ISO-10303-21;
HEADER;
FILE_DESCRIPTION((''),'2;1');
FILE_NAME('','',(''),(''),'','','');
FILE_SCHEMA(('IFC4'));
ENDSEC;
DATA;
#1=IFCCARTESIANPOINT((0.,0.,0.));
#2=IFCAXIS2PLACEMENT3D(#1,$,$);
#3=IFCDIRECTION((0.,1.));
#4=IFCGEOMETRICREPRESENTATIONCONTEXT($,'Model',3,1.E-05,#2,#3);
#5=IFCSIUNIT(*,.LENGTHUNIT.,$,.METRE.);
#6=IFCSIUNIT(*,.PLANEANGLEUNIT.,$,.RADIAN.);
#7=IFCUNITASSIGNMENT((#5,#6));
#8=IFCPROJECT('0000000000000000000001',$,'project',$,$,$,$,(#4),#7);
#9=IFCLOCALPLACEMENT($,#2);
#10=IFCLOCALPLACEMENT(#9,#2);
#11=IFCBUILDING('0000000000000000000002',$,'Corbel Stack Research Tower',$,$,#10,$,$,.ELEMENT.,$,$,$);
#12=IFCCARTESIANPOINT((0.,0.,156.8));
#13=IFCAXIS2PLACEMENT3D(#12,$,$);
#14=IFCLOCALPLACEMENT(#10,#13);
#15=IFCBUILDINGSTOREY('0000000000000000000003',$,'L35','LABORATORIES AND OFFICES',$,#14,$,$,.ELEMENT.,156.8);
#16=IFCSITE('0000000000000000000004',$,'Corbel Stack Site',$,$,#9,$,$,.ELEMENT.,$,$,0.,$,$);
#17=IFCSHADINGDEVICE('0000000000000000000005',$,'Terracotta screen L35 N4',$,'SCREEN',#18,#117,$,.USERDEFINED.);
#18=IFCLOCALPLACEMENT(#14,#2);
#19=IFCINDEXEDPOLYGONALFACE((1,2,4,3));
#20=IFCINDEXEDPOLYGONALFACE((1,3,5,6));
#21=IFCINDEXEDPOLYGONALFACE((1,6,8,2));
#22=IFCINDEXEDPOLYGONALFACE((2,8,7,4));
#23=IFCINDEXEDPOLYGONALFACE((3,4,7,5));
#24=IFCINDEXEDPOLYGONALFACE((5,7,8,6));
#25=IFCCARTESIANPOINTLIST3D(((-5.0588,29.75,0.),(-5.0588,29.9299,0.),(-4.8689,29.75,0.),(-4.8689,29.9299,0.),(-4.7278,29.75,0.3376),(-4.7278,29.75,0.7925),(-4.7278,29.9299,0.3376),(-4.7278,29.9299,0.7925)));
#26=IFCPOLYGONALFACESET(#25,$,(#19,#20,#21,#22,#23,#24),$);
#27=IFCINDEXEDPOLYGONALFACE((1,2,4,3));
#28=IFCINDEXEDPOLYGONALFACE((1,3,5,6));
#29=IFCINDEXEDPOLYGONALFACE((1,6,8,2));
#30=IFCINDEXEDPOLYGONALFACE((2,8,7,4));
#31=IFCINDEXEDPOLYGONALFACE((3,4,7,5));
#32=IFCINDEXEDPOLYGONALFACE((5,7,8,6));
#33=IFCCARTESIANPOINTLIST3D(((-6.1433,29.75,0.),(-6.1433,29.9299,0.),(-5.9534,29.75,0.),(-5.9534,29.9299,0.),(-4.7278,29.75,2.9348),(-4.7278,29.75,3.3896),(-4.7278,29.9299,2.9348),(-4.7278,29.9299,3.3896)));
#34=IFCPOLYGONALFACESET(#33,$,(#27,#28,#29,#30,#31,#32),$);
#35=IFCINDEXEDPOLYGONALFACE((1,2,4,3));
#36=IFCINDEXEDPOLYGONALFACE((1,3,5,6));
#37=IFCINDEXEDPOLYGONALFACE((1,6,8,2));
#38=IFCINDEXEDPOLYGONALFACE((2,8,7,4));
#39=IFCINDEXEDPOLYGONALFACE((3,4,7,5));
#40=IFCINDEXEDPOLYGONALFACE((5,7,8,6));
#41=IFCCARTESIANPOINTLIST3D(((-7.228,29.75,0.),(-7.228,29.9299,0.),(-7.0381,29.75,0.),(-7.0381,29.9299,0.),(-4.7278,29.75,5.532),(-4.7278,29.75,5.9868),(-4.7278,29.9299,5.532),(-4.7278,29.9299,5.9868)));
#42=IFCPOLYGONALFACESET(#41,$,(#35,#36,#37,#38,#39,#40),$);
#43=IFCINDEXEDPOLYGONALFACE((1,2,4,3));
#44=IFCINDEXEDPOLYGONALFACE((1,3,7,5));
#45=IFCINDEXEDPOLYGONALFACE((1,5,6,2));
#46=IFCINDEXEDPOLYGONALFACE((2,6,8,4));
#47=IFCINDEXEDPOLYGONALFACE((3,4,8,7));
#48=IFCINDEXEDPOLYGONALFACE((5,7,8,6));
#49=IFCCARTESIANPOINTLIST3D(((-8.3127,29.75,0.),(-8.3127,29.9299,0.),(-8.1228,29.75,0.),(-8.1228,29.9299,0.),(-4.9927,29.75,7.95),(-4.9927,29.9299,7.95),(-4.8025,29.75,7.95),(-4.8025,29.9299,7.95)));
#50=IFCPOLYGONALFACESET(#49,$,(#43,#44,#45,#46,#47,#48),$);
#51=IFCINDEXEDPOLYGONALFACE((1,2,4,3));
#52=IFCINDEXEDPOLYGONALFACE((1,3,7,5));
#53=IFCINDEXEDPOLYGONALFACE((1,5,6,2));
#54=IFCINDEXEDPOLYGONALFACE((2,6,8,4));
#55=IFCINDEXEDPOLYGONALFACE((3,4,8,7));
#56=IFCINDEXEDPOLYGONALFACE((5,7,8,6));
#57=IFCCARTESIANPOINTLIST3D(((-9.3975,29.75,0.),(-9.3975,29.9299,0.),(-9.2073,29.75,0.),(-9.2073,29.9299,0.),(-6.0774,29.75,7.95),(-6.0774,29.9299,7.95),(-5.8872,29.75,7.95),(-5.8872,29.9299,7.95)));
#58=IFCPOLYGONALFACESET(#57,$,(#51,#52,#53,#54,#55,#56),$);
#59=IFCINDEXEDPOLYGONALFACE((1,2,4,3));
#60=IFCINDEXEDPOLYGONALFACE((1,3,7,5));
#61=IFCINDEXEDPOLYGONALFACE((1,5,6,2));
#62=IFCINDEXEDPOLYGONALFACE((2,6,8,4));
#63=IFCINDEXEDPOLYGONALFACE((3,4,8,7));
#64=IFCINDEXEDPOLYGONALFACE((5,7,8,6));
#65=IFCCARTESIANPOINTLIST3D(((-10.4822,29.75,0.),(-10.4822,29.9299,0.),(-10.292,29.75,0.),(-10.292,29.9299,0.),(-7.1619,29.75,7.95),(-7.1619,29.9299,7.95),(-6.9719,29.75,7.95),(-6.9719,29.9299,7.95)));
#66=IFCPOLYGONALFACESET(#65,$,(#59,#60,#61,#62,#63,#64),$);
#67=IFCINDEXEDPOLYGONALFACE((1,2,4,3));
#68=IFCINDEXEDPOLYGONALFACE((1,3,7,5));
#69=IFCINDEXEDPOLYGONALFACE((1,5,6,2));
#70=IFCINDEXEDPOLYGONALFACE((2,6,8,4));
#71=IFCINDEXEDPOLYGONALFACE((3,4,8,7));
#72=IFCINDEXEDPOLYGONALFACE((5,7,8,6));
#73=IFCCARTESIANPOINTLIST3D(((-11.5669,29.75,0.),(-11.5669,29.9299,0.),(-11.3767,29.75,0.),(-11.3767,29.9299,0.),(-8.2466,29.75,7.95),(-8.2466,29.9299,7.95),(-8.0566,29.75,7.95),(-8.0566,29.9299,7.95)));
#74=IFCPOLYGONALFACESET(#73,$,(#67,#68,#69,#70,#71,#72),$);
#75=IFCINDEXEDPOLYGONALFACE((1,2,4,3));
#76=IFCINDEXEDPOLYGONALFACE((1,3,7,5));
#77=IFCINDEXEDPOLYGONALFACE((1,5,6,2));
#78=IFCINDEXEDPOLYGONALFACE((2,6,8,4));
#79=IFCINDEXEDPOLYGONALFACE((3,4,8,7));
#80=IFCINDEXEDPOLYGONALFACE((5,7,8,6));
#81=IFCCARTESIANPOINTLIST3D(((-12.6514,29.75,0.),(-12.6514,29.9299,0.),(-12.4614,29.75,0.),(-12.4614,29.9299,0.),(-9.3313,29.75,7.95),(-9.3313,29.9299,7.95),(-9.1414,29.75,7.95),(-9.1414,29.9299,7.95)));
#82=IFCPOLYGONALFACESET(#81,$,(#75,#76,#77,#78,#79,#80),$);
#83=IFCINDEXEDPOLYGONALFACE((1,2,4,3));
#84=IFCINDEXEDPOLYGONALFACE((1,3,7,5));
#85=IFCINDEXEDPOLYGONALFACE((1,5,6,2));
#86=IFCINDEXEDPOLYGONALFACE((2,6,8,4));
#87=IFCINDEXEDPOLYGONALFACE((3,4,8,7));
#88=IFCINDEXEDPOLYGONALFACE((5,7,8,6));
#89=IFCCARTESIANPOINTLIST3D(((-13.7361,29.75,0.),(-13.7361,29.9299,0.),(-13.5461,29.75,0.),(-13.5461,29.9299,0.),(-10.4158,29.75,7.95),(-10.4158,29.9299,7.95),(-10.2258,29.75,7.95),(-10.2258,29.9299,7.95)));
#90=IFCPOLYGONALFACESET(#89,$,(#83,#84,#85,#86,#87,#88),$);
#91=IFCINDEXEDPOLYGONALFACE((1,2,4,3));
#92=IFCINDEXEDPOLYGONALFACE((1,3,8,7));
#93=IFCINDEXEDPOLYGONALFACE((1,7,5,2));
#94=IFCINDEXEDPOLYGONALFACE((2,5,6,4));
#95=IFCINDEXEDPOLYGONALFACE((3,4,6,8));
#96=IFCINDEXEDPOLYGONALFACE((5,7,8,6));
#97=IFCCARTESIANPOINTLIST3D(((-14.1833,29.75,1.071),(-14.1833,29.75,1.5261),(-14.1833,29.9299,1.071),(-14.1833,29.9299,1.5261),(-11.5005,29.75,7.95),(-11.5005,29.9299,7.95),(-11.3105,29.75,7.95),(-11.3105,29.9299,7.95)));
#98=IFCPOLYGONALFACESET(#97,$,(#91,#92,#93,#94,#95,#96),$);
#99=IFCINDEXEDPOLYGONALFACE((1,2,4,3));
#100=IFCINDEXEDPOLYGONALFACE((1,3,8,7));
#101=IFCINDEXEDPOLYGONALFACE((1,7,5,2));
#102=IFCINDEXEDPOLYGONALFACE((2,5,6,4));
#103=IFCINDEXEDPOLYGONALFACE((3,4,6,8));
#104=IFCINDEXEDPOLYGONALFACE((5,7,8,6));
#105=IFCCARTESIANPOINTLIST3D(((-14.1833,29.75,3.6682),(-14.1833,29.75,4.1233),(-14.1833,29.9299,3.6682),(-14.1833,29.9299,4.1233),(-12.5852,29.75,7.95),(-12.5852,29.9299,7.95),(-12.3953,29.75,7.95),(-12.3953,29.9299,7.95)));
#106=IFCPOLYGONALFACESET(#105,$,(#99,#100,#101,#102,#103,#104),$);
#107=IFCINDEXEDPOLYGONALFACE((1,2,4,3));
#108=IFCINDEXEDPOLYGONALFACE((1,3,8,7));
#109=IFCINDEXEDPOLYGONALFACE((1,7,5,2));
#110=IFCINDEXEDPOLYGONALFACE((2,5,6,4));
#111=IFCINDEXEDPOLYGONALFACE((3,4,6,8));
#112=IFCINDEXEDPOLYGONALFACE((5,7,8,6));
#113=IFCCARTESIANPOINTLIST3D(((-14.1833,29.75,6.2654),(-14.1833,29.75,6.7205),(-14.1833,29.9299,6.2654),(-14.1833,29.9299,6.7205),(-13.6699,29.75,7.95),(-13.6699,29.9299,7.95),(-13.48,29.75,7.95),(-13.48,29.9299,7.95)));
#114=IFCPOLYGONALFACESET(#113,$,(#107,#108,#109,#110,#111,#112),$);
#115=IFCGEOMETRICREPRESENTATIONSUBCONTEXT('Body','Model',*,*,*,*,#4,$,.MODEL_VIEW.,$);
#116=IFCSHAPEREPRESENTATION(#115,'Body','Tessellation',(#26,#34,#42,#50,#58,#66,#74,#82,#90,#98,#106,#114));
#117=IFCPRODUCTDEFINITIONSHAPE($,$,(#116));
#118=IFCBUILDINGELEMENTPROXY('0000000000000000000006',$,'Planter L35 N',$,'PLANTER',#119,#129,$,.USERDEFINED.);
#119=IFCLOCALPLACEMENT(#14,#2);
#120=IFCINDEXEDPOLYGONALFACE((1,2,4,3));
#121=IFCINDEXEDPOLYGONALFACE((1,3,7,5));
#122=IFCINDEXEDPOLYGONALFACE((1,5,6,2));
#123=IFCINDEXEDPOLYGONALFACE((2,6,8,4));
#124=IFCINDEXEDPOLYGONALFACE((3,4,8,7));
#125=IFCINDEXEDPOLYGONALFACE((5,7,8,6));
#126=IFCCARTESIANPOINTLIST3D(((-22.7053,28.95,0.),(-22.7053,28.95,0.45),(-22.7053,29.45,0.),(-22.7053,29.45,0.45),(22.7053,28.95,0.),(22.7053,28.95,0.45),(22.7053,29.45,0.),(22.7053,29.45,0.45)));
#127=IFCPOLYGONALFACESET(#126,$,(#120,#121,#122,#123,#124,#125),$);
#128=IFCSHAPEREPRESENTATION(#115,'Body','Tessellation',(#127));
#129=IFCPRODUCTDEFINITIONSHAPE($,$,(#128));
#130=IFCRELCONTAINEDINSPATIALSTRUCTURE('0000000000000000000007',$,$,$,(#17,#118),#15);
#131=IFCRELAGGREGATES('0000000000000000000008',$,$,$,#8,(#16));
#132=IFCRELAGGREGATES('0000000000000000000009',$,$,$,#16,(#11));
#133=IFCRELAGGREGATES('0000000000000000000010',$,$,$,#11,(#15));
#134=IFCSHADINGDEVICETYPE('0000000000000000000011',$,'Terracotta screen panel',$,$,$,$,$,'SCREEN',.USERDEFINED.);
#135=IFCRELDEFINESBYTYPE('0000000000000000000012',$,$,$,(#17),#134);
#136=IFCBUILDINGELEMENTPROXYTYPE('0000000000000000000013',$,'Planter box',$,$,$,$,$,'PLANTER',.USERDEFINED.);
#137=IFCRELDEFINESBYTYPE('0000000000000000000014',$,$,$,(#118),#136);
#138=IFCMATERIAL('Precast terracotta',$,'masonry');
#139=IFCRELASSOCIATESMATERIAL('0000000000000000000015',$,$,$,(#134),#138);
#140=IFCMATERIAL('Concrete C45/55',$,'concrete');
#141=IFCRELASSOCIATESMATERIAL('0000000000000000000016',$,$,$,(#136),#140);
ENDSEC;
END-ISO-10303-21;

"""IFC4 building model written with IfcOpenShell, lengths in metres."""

from ifc_helpers import new_model, si_unit, direction, frame, origin, origin_2d, place, context, subcontext, project, spatial, polyline, rectangle, outline, extrude, source, transform, mapped, material, type_object, element, save


model = new_model("IFC4")

# Units and contexts
model_context = context("Model", 3, precision=1e-05, world=origin(), true_north=direction((0.0, 1.0)))
body_context = subcontext(model_context, "Body", "Model", "MODEL_VIEW")
ifc_project = project(units=[si_unit("LENGTHUNIT", "METRE"), si_unit("PLANEANGLEUNIT", "RADIAN")], contexts=[model_context])

# Site, building, storey
site_placement = place(None, origin())
site = spatial("IfcSite", under=ifc_project, at=site_placement, Name="Corbel Stack Site", CompositionType="ELEMENT", RefElevation=0.0)
building_placement = place(site_placement, origin())
building = spatial("IfcBuilding", under=site, at=building_placement, Name="Corbel Stack Research Tower", CompositionType="ELEMENT")
storey_placement = place(building_placement, frame((0.0, 0.0, 156.8)))
storey = spatial("IfcBuildingStorey", under=building, at=storey_placement, Name="L35", Description="LABORATORIES AND OFFICES", CompositionType="ELEMENT", Elevation=156.8)

# Shading device
ifc_material_1 = material(Name="Precast terracotta", Category="masonry")
shading_device_type = type_object("IfcShadingDeviceType", Name="Terracotta screen panel", ElementType="SCREEN", PredefinedType="USERDEFINED", material=ifc_material_1)
shared_shape = source(origin(), body_context, "Body", "SweptSolid", [
    extrude(outline(polyline([(0.3311, 0.0), (0.0, 0.7925), (0.0, 0.3376), (0.1411, 0.0), (0.3311, 0.0)])), frame((0.0, 0.0, 0.0), z_axis=(0.0, -1.0, 0.0), x_axis=(1.0, 0.0, 0.0)), (0.0, 0.0, 1.0), 0.1799),
    extrude(outline(polyline([(1.4155, 0.0), (0.0, 3.3896), (0.0, 2.9348), (1.2256, 0.0), (1.4155, 0.0)])), frame((0.0, 0.0, 0.0), z_axis=(0.0, -1.0, 0.0), x_axis=(1.0, 0.0, 0.0)), (0.0, 0.0, 1.0), 0.1799),
    extrude(outline(polyline([(2.5002, 0.0), (0.0, 5.9868), (0.0, 5.532), (2.3103, 0.0), (2.5002, 0.0)])), frame((0.0, 0.0, 0.0), z_axis=(0.0, -1.0, 0.0), x_axis=(1.0, 0.0, 0.0)), (0.0, 0.0, 1.0), 0.1799),
    extrude(outline(polyline([(3.585, 0.0), (0.2649, 7.95), (0.0747, 7.95), (3.395, 0.0), (3.585, 0.0)])), frame((0.0, 0.0, 0.0), z_axis=(0.0, -1.0, 0.0), x_axis=(1.0, 0.0, 0.0)), (0.0, 0.0, 1.0), 0.1799),
    extrude(outline(polyline([(4.6697, 0.0), (1.3496, 7.95), (1.1594, 7.95), (4.4795, 0.0), (4.6697, 0.0)])), frame((0.0, 0.0, 0.0), z_axis=(0.0, -1.0, 0.0), x_axis=(1.0, 0.0, 0.0)), (0.0, 0.0, 1.0), 0.1799),
    extrude(outline(polyline([(5.7544, 0.0), (2.4341, 7.95), (2.2441, 7.95), (5.5642, 0.0), (5.7544, 0.0)])), frame((0.0, 0.0, 0.0), z_axis=(0.0, -1.0, 0.0), x_axis=(1.0, 0.0, 0.0)), (0.0, 0.0, 1.0), 0.1799),
    extrude(outline(polyline([(6.8391, 0.0), (3.5188, 7.95), (3.3289, 7.95), (6.6489, 0.0), (6.8391, 0.0)])), frame((0.0, 0.0, 0.0), z_axis=(0.0, -1.0, 0.0), x_axis=(1.0, 0.0, 0.0)), (0.0, 0.0, 1.0), 0.1799),
    extrude(outline(polyline([(7.9236, 0.0), (4.6035, 7.95), (4.4136, 7.95), (7.7336, 0.0), (7.9236, 0.0)])), frame((0.0, 0.0, 0.0), z_axis=(0.0, -1.0, 0.0), x_axis=(1.0, 0.0, 0.0)), (0.0, 0.0, 1.0), 0.1799),
    extrude(outline(polyline([(9.0083, 0.0), (5.688, 7.95), (5.498, 7.95), (8.8184, 0.0), (9.0083, 0.0)])), frame((0.0, 0.0, 0.0), z_axis=(0.0, -1.0, 0.0), x_axis=(1.0, 0.0, 0.0)), (0.0, 0.0, 1.0), 0.1799),
    extrude(outline(polyline([(6.7727, 7.95), (6.5828, 7.95), (9.4556, 1.071), (9.4556, 1.5261), (6.7727, 7.95)])), frame((0.0, 0.0, 0.0), z_axis=(0.0, -1.0, 0.0), x_axis=(1.0, 0.0, 0.0)), (0.0, 0.0, 1.0), 0.1799),
    extrude(outline(polyline([(7.8574, 7.95), (7.6675, 7.95), (9.4556, 3.6682), (9.4556, 4.1233), (7.8574, 7.95)])), frame((0.0, 0.0, 0.0), z_axis=(0.0, -1.0, 0.0), x_axis=(1.0, 0.0, 0.0)), (0.0, 0.0, 1.0), 0.1799),
    extrude(outline(polyline([(8.9421, 7.95), (8.7522, 7.95), (9.4556, 6.2654), (9.4556, 6.7205), (8.9421, 7.95)])), frame((0.0, 0.0, 0.0), z_axis=(0.0, -1.0, 0.0), x_axis=(1.0, 0.0, 0.0)), (0.0, 0.0, 1.0), 0.1799),
])
shading_device_placement = place(storey_placement, frame((-4.7278, 29.75, 0.0), z_axis=(0.0, 0.0, 1.0), x_axis=(-1.0, 0.0, 0.0)))
element("IfcShadingDevice", 1, at=shading_device_placement, inside=storey, type_object=shading_device_type, Name="Terracotta screen L35 N4", ObjectType="SCREEN", PredefinedType="USERDEFINED", context=body_context, shape_type="MappedRepresentation", body=[
    mapped(shared_shape, transform((0.0, 0.0, 0.0))),
])

# Building element proxy
ifc_material_2 = material(Name="Concrete C45/55", Category="concrete")
building_element_proxy_type = type_object("IfcBuildingElementProxyType", Name="Planter box", ElementType="PLANTER", PredefinedType="USERDEFINED", material=ifc_material_2)
proxy_placement = place(storey_placement, frame((0.0, 29.2, 0.0), z_axis=(0.0, 0.0, 1.0), x_axis=(-1.0, 0.0, 0.0)))
element("IfcBuildingElementProxy", 2, at=proxy_placement, inside=storey, type_object=building_element_proxy_type, Name="Planter L35 N", ObjectType="PLANTER", PredefinedType="USERDEFINED", context=body_context, shape_type="SweptSolid", body=[
    extrude(rectangle(XDim=45.4106, YDim=0.5, at=origin_2d()), origin(), (0.0, 0.0, 1.0), 0.45),
])

save(model, "model.ifc")
